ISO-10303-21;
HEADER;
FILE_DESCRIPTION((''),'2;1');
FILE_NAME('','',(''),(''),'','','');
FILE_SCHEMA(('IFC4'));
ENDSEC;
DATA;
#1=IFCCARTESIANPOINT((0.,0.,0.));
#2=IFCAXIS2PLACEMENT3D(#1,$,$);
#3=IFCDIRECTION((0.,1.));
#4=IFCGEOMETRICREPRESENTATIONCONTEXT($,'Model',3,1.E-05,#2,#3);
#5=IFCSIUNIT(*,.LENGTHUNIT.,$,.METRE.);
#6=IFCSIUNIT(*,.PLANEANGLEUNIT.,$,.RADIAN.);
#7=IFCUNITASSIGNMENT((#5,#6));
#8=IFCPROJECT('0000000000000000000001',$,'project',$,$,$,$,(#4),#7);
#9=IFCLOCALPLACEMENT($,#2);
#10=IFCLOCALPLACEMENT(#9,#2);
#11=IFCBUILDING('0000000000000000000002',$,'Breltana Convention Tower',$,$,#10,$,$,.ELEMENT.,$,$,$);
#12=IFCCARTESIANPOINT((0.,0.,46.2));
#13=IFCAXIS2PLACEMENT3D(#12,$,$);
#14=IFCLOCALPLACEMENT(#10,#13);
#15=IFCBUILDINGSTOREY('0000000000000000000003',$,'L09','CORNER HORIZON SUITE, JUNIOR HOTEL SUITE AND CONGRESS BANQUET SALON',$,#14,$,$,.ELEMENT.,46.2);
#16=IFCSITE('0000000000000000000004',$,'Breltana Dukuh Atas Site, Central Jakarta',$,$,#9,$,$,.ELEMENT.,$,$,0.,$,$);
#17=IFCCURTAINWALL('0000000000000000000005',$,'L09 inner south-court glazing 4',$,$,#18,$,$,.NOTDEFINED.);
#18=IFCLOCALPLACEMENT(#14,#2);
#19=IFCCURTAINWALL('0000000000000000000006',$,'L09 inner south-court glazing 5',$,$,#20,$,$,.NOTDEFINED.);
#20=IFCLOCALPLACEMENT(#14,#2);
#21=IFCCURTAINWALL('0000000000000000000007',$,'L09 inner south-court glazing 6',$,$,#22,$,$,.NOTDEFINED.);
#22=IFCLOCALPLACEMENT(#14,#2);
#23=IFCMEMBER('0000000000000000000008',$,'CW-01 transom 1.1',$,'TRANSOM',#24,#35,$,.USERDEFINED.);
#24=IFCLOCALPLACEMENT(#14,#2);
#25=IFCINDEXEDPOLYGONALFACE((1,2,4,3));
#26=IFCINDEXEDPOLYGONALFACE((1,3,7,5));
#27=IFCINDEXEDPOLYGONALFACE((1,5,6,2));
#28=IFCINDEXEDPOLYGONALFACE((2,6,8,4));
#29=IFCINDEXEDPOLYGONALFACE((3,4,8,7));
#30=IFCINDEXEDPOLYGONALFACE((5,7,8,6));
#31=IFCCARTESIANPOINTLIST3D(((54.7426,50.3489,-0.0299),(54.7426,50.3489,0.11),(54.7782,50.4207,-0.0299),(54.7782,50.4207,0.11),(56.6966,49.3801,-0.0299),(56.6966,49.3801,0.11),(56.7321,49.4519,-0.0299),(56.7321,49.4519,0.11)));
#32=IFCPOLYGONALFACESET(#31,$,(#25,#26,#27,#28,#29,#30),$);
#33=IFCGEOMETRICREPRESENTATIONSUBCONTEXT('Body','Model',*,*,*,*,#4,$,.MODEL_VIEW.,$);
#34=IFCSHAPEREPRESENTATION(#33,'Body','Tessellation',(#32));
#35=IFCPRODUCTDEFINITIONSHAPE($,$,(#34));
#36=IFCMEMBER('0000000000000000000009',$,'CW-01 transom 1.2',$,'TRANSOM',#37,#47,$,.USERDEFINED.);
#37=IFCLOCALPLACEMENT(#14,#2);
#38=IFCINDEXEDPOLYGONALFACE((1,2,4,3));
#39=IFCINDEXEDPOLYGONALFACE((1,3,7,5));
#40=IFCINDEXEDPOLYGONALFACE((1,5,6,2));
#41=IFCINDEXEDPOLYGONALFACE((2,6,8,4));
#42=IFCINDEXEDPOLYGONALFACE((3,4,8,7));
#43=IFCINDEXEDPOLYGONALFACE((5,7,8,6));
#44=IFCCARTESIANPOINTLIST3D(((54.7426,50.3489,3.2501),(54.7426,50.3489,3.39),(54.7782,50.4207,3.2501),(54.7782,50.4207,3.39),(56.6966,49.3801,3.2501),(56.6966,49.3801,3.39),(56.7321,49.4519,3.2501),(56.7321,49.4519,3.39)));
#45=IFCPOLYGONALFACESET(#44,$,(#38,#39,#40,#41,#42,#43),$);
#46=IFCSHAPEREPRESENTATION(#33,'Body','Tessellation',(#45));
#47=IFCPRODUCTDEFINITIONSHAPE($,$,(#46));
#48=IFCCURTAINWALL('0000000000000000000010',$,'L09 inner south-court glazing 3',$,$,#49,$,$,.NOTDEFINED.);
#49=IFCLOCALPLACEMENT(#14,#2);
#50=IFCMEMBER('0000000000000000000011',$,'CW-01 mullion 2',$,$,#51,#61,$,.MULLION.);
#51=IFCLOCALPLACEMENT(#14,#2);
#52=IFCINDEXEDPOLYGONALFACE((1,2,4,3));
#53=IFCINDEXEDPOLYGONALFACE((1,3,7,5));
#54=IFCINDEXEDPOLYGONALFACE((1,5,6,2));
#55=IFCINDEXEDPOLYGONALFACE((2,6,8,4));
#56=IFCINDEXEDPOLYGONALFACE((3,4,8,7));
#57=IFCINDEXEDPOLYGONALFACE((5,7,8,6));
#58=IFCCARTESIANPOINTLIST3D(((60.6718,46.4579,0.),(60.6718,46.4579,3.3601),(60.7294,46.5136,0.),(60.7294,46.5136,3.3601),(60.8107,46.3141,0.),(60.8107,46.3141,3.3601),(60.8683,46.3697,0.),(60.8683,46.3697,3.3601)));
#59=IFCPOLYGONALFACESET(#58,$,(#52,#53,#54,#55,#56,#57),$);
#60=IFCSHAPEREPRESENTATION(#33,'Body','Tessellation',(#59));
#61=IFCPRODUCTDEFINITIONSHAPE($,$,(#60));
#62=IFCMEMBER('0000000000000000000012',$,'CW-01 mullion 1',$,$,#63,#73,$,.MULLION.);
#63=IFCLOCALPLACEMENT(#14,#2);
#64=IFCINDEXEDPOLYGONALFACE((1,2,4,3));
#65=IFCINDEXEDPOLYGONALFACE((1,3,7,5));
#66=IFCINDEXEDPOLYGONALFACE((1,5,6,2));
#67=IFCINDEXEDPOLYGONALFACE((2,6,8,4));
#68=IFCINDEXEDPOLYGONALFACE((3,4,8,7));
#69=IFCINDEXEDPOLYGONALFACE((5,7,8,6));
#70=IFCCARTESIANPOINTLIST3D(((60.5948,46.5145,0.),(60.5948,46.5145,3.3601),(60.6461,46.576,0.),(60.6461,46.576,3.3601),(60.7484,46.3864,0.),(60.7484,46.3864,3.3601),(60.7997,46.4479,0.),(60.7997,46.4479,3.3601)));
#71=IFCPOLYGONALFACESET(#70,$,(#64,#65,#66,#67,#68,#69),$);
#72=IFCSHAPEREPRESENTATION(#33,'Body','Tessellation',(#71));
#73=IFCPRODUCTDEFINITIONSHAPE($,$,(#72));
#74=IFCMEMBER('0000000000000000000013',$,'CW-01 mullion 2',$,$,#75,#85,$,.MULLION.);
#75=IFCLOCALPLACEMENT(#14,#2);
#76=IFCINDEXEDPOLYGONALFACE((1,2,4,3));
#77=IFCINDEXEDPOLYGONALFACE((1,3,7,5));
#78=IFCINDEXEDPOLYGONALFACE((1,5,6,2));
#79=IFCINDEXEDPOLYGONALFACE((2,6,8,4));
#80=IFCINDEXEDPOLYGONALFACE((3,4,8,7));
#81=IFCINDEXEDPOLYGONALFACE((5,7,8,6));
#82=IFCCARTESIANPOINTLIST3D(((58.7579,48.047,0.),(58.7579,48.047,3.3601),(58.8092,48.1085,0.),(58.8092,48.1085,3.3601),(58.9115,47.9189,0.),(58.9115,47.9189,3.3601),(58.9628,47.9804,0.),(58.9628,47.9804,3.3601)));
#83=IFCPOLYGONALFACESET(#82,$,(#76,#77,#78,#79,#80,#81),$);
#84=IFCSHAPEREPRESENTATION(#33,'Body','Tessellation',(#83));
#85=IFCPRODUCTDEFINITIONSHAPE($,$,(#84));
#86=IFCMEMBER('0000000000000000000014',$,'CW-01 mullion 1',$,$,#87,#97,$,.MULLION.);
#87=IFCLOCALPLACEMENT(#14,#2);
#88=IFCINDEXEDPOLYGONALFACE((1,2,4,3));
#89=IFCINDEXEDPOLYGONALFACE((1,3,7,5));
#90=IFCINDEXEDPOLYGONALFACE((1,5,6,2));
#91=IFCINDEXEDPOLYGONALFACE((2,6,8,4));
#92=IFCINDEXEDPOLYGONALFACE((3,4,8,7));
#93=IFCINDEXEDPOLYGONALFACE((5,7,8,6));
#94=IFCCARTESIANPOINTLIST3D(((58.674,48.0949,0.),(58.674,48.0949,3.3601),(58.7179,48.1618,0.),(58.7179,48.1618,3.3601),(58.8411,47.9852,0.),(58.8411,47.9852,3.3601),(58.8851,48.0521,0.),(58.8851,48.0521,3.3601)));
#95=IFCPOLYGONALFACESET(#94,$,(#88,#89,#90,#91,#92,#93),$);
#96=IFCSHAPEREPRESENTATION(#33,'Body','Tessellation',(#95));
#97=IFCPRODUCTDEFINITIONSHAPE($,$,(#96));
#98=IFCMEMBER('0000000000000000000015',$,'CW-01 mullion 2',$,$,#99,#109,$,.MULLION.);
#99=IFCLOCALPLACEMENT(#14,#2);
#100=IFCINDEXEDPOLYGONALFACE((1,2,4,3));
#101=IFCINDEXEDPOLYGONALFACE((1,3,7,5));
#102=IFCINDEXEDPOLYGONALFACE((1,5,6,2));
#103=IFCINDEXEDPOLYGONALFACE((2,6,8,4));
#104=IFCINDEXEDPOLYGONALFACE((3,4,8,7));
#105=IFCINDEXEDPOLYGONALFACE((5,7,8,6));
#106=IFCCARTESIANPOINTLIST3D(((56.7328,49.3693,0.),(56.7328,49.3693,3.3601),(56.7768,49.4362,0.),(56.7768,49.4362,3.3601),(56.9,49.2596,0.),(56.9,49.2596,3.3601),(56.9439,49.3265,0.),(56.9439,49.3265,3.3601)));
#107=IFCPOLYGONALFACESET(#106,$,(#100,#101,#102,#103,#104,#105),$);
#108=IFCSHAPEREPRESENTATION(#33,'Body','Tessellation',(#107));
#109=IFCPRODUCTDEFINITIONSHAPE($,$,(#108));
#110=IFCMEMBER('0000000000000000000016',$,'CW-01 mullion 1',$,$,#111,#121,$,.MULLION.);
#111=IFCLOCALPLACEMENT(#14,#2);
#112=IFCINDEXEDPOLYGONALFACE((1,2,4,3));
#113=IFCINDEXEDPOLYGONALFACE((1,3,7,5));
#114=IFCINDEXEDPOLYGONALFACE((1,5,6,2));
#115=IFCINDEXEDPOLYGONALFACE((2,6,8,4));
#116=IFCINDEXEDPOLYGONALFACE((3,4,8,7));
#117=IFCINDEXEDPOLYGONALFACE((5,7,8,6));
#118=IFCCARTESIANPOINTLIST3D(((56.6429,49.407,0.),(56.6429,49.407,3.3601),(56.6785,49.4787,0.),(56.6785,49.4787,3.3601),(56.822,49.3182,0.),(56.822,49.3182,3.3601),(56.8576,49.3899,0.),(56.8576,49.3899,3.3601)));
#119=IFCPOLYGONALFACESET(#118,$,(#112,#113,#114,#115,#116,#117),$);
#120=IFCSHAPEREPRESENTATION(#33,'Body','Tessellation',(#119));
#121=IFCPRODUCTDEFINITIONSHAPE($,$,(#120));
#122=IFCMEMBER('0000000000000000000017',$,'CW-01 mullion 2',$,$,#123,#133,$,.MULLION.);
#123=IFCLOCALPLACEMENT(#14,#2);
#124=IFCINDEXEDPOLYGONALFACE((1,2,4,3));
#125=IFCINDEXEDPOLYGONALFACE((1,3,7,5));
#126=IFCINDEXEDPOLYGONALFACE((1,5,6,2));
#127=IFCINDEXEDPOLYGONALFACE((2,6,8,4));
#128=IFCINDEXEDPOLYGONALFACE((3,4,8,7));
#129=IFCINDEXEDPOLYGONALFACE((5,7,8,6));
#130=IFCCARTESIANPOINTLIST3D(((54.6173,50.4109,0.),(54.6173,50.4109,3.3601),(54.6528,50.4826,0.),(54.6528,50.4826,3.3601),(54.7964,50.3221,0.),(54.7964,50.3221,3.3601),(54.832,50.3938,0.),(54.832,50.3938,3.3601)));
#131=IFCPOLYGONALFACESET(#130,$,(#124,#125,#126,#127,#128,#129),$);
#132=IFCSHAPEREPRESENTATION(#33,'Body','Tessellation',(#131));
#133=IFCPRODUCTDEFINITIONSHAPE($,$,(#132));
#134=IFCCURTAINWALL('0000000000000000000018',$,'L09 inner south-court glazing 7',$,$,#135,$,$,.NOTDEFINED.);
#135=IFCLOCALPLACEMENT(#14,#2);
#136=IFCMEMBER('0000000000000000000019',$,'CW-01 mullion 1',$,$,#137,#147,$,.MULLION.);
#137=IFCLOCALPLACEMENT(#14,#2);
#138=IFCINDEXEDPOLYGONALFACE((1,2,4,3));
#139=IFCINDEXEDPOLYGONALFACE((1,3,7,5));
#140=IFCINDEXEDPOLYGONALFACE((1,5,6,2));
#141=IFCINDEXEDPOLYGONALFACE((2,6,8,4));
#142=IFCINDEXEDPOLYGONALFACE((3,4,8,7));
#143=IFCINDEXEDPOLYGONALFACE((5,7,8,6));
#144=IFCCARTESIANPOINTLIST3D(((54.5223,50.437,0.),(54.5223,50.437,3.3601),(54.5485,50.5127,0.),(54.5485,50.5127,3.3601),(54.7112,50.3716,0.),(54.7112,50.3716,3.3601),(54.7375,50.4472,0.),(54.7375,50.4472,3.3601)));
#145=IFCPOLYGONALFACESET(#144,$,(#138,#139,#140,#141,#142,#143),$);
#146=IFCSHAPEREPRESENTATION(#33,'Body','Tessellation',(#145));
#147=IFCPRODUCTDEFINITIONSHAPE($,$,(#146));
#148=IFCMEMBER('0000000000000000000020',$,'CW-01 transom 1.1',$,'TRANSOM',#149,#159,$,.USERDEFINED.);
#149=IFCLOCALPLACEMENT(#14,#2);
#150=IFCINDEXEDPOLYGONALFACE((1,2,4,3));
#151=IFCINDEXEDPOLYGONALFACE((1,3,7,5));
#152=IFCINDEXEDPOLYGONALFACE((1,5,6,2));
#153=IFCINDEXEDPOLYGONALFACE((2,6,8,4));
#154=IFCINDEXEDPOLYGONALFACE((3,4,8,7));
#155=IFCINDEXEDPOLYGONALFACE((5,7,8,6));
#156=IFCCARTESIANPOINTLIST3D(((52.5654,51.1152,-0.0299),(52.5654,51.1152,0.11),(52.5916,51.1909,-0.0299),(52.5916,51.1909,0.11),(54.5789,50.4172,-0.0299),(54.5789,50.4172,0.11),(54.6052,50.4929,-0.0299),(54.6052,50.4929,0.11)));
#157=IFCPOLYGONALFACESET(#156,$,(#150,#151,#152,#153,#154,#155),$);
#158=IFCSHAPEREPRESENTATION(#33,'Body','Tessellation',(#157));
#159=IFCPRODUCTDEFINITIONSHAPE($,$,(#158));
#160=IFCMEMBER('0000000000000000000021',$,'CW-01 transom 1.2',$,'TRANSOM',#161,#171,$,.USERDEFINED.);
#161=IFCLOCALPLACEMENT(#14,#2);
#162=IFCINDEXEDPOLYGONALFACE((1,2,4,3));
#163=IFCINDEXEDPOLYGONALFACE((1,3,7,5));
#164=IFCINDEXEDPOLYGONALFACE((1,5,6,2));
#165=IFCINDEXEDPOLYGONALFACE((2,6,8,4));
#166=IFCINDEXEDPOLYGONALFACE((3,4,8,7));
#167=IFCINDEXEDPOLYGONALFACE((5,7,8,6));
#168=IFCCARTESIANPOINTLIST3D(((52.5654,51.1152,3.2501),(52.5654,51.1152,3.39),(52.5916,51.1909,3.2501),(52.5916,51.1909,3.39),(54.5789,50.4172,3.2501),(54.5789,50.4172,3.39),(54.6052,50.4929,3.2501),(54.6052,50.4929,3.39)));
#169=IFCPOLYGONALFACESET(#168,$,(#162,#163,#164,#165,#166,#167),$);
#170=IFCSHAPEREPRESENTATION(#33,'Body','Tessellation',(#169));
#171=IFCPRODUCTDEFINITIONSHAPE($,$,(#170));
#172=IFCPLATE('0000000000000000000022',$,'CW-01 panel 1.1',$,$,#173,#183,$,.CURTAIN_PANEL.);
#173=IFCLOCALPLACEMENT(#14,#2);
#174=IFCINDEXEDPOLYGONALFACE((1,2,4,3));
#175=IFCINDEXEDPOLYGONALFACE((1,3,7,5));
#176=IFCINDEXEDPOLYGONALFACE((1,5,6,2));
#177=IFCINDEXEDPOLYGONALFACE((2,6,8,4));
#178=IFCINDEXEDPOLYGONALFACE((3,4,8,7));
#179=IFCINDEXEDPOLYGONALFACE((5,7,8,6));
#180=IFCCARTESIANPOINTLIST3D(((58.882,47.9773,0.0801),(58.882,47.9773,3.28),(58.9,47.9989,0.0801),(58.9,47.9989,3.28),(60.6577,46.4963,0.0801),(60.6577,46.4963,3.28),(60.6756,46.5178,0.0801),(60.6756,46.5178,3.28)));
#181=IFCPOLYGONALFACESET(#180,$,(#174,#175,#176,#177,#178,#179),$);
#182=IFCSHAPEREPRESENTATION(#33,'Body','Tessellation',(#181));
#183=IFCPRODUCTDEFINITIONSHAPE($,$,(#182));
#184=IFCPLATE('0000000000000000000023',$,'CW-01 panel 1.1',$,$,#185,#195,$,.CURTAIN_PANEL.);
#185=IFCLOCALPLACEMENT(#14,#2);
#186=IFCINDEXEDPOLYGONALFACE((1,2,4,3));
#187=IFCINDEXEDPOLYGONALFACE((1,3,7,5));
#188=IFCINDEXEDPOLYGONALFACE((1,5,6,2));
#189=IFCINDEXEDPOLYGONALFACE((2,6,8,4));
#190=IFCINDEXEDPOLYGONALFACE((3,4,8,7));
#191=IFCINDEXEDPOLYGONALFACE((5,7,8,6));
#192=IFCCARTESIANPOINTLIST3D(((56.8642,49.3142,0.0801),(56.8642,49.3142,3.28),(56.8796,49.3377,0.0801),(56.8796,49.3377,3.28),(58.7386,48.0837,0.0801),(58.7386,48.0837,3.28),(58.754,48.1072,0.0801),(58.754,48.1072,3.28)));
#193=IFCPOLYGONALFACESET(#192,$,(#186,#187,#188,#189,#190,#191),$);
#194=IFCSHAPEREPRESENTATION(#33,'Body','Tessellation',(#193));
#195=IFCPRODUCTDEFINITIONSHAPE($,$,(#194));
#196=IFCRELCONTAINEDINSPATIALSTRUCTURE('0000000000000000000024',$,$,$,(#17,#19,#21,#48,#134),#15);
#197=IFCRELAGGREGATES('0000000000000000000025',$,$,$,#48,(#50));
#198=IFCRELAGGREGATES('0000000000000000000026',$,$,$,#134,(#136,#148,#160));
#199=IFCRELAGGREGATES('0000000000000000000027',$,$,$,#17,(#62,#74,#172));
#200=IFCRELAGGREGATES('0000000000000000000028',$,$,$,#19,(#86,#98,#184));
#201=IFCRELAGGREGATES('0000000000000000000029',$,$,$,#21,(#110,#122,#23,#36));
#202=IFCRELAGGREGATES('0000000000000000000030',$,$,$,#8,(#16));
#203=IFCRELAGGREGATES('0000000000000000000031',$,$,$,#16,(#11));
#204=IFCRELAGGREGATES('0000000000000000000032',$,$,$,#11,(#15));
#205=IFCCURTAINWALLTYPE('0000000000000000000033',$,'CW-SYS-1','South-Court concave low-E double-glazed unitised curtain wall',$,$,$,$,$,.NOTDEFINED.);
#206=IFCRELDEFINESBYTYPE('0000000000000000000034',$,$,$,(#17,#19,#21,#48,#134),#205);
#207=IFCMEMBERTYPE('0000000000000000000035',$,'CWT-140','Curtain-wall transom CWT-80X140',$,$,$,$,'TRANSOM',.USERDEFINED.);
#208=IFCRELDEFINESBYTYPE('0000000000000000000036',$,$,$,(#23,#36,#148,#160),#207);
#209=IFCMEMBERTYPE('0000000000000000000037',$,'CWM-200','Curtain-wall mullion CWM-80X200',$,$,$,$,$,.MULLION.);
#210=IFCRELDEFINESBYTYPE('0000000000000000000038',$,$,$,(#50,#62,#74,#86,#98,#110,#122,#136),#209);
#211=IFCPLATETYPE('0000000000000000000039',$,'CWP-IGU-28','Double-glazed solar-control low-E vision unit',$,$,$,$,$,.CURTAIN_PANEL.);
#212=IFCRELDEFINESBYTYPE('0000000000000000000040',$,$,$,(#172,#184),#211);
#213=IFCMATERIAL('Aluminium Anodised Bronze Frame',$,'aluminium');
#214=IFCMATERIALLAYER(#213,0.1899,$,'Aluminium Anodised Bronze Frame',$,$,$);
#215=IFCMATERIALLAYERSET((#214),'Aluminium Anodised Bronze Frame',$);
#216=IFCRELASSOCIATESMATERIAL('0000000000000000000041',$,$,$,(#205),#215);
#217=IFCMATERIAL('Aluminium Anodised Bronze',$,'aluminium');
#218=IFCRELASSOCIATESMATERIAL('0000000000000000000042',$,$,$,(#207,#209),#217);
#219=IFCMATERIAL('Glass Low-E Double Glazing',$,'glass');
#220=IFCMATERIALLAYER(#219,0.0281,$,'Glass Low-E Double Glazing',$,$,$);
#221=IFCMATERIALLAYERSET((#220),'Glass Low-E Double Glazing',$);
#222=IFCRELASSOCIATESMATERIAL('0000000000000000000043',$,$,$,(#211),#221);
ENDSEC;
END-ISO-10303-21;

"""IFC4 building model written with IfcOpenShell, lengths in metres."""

from ifc_helpers import new_model, si_unit, direction, frame, origin, origin_2d, place, context, subcontext, project, spatial, rectangle, extrude, source, transform, mapped, material, layer, layer_set, material_profile, profile_set, type_object, element, aggregate, save


model = new_model("IFC4")

# Units and contexts
model_context = context("Model", 3, precision=1e-05, world=origin(), true_north=direction((0.0, 1.0)))
body_context = subcontext(model_context, "Body", "Model", "MODEL_VIEW")
ifc_project = project(units=[si_unit("LENGTHUNIT", "METRE"), si_unit("PLANEANGLEUNIT", "RADIAN")], contexts=[model_context])

# Site, building, storey
site_placement = place(None, origin())
site = spatial("IfcSite", under=ifc_project, at=site_placement, Name="Breltana Dukuh Atas Site, Central Jakarta", CompositionType="ELEMENT", RefElevation=0.0)
building_placement = place(site_placement, origin())
building = spatial("IfcBuilding", under=site, at=building_placement, Name="Breltana Convention Tower", CompositionType="ELEMENT")
storey_placement = place(building_placement, frame((0.0, 0.0, 46.2)))
storey = spatial("IfcBuildingStorey", under=building, at=storey_placement, Name="L09", Description="CORNER HORIZON SUITE, JUNIOR HOTEL SUITE AND CONGRESS BANQUET SALON", CompositionType="ELEMENT", Elevation=46.2)

# Curtain walls, members
ifc_material_1 = material(Name="Aluminium Anodised Bronze Frame", Category="aluminium")
ifc_layer_1 = layer(ifc_material_1, 0.1899, Name="Aluminium Anodised Bronze Frame")
ifc_layer_set_1 = layer_set([ifc_layer_1], Name="Aluminium Anodised Bronze Frame")
curtain_wall_type = type_object("IfcCurtainWallType", Name="CW-SYS-1", Description="South-Court concave low-E double-glazed unitised curtain wall", PredefinedType="NOTDEFINED", material=ifc_layer_set_1)
curtain_wall_1_placement = place(storey_placement, origin())
curtain_wall_1 = element("IfcCurtainWall", 1, at=curtain_wall_1_placement, inside=storey, type_object=curtain_wall_type, Name="L09 inner south-court glazing 4", PredefinedType="NOTDEFINED")
ifc_material_2 = material(Name="Aluminium Anodised Bronze", Category="aluminium")
ifc_material_profile_1 = material_profile(ifc_material_2, rectangle(XDim=0.0801, YDim=0.1399, at=origin_2d()), Name="CWT-80X140")
ifc_profile_set_1 = profile_set([ifc_material_profile_1], Name="Aluminium Anodised Bronze")
member_type_1 = type_object("IfcMemberType", Name="CWT-140", Description="Curtain-wall transom CWT-80X140", ElementType="TRANSOM", PredefinedType="USERDEFINED", material=ifc_profile_set_1)
curtain_wall_2_placement = place(storey_placement, origin())
curtain_wall_2 = element("IfcCurtainWall", 2, at=curtain_wall_2_placement, inside=storey, type_object=curtain_wall_type, Name="L09 inner south-court glazing 5", PredefinedType="NOTDEFINED")
curtain_wall_3_placement = place(storey_placement, origin())
curtain_wall_3 = element("IfcCurtainWall", 3, at=curtain_wall_3_placement, inside=storey, type_object=curtain_wall_type, Name="L09 inner south-court glazing 6", PredefinedType="NOTDEFINED")
shared_shape_1 = source(origin(), body_context, "Body", "SweptSolid", [
    extrude(rectangle(XDim=0.0801, YDim=0.1399, at=origin_2d()), origin(), (0.0, 0.0, 1.0), 2.1809),
])
member_1_placement = place(storey_placement, frame((56.7144, 49.416, 0.04), z_axis=(-0.895922, 0.444211, 0.0), x_axis=(-0.444211, -0.895922, 0.0)))
member_1 = element("IfcMember", 4, at=member_1_placement, type_object=member_type_1, Name="CW-01 transom 1.1", ObjectType="TRANSOM", PredefinedType="USERDEFINED", context=body_context, shape_type="MappedRepresentation", body=[
    mapped(shared_shape_1, transform((0.0, 0.0, 0.0), scale=1.0)),
])
member_2_placement = place(storey_placement, frame((56.7144, 49.416, 3.3201), z_axis=(-0.895922, 0.444211, 0.0), x_axis=(-0.444211, -0.895922, 0.0)))
member_2 = element("IfcMember", 5, at=member_2_placement, type_object=member_type_1, Name="CW-01 transom 1.2", ObjectType="TRANSOM", PredefinedType="USERDEFINED", context=body_context, shape_type="MappedRepresentation", body=[
    mapped(shared_shape_1, transform((0.0, 0.0, 0.0), scale=1.0)),
])

# Curtain wall, member
curtain_wall_4_placement = place(storey_placement, origin())
curtain_wall_4 = element("IfcCurtainWall", 6, at=curtain_wall_4_placement, inside=storey, type_object=curtain_wall_type, Name="L09 inner south-court glazing 3", PredefinedType="NOTDEFINED")
ifc_material_profile_2 = material_profile(ifc_material_2, rectangle(XDim=0.0801, YDim=0.2, at=origin_2d()), Name="CWM-80X200")
ifc_profile_set_2 = profile_set([ifc_material_profile_2], Name="Aluminium Anodised Bronze")
member_type_2 = type_object("IfcMemberType", Name="CWM-200", Description="Curtain-wall mullion CWM-80X200", PredefinedType="MULLION", material=ifc_profile_set_2)
shared_shape_2 = source(origin(), body_context, "Body", "SweptSolid", [
    extrude(rectangle(XDim=0.0801, YDim=0.2, at=origin_2d()), origin(), (0.0, 0.0, 1.0), 3.3601),
])
member_3_placement = place(storey_placement, frame((60.77, 46.4138, 0.0), z_axis=(0.0, 0.0, 1.0), x_axis=(-0.719385, -0.694612, 0.0)))
member_3 = element("IfcMember", 7, at=member_3_placement, type_object=member_type_2, Name="CW-01 mullion 2", PredefinedType="MULLION", context=body_context, shape_type="MappedRepresentation", body=[
    mapped(shared_shape_2, transform((0.0, 0.0, 0.0), scale=1.0)),
])
aggregate(curtain_wall_4, [member_3])

# Members
member_4_placement = place(storey_placement, frame((60.6973, 46.4812, 0.0), z_axis=(0.0, 0.0, 1.0), x_axis=(-0.640523, -0.767939, 0.0)))
member_4 = element("IfcMember", 8, at=member_4_placement, type_object=member_type_2, Name="CW-01 mullion 1", PredefinedType="MULLION", context=body_context, shape_type="MappedRepresentation", body=[
    mapped(shared_shape_2, transform((0.0, 0.0, 0.0), scale=1.0)),
])
member_5_placement = place(storey_placement, frame((58.8604, 48.0137, 0.0), z_axis=(0.0, 0.0, 1.0), x_axis=(-0.640523, -0.767939, 0.0)))
member_5 = element("IfcMember", 9, at=member_5_placement, type_object=member_type_2, Name="CW-01 mullion 2", PredefinedType="MULLION", context=body_context, shape_type="MappedRepresentation", body=[
    mapped(shared_shape_2, transform((0.0, 0.0, 0.0), scale=1.0)),
])
member_6_placement = place(storey_placement, frame((58.7795, 48.0735, 0.0), z_axis=(0.0, 0.0, 1.0), x_axis=(-0.548778, -0.835968, 0.0)))
member_6 = element("IfcMember", 10, at=member_6_placement, type_object=member_type_2, Name="CW-01 mullion 1", PredefinedType="MULLION", context=body_context, shape_type="MappedRepresentation", body=[
    mapped(shared_shape_2, transform((0.0, 0.0, 0.0), scale=1.0)),
])
member_7_placement = place(storey_placement, frame((56.8384, 49.3479, 0.0), z_axis=(0.0, 0.0, 1.0), x_axis=(-0.548778, -0.835968, 0.0)))
member_7 = element("IfcMember", 11, at=member_7_placement, type_object=member_type_2, Name="CW-01 mullion 2", PredefinedType="MULLION", context=body_context, shape_type="MappedRepresentation", body=[
    mapped(shared_shape_2, transform((0.0, 0.0, 0.0), scale=1.0)),
])
member_8_placement = place(storey_placement, frame((56.7502, 49.3984, 0.0), z_axis=(0.0, 0.0, 1.0), x_axis=(-0.444118, -0.895968, 0.0)))
member_8 = element("IfcMember", 12, at=member_8_placement, type_object=member_type_2, Name="CW-01 mullion 1", PredefinedType="MULLION", context=body_context, shape_type="MappedRepresentation", body=[
    mapped(shared_shape_2, transform((0.0, 0.0, 0.0), scale=1.0)),
])
member_9_placement = place(storey_placement, frame((54.7246, 50.4023, 0.0), z_axis=(0.0, 0.0, 1.0), x_axis=(-0.444118, -0.895968, 0.0)))
member_9 = element("IfcMember", 13, at=member_9_placement, type_object=member_type_2, Name="CW-01 mullion 2", PredefinedType="MULLION", context=body_context, shape_type="MappedRepresentation", body=[
    mapped(shared_shape_2, transform((0.0, 0.0, 0.0), scale=1.0)),
])

# Curtain wall, members
curtain_wall_5_placement = place(storey_placement, origin())
curtain_wall_5 = element("IfcCurtainWall", 14, at=curtain_wall_5_placement, inside=storey, type_object=curtain_wall_type, Name="L09 inner south-court glazing 7", PredefinedType="NOTDEFINED")
member_10_placement = place(storey_placement, frame((54.6299, 50.4421, 0.0), z_axis=(0.0, 0.0, 1.0), x_axis=(-0.327413, -0.944881, 0.0)))
member_10 = element("IfcMember", 15, at=member_10_placement, type_object=member_type_2, Name="CW-01 mullion 1", PredefinedType="MULLION", context=body_context, shape_type="MappedRepresentation", body=[
    mapped(shared_shape_2, transform((0.0, 0.0, 0.0), scale=1.0)),
])
shared_shape_3 = source(origin(), body_context, "Body", "SweptSolid", [
    extrude(rectangle(XDim=0.0801, YDim=0.1399, at=origin_2d()), origin(), (0.0, 0.0, 1.0), 2.1311),
])
member_11_placement = place(storey_placement, frame((54.592, 50.4551, 0.04), z_axis=(-0.944847, 0.327512, 0.0), x_axis=(-0.327512, -0.944847, 0.0)))
member_11 = element("IfcMember", 16, at=member_11_placement, type_object=member_type_1, Name="CW-01 transom 1.1", ObjectType="TRANSOM", PredefinedType="USERDEFINED", context=body_context, shape_type="MappedRepresentation", body=[
    mapped(shared_shape_3, transform((0.0, 0.0, 0.0), scale=1.0)),
])
member_12_placement = place(storey_placement, frame((54.592, 50.4551, 3.3201), z_axis=(-0.944847, 0.327512, 0.0), x_axis=(-0.327512, -0.944847, 0.0)))
member_12 = element("IfcMember", 17, at=member_12_placement, type_object=member_type_1, Name="CW-01 transom 1.2", ObjectType="TRANSOM", PredefinedType="USERDEFINED", context=body_context, shape_type="MappedRepresentation", body=[
    mapped(shared_shape_3, transform((0.0, 0.0, 0.0), scale=1.0)),
])
aggregate(curtain_wall_5, [member_10, member_11, member_12])

# Plates
ifc_material_3 = material(Name="Glass Low-E Double Glazing", Category="glass")
ifc_layer_2 = layer(ifc_material_3, 0.0281, Name="Glass Low-E Double Glazing")
ifc_layer_set_2 = layer_set([ifc_layer_2], Name="Glass Low-E Double Glazing")
plate_type = type_object("IfcPlateType", Name="CWP-IGU-28", Description="Double-glazed solar-control low-E vision unit", PredefinedType="CURTAIN_PANEL", material=ifc_layer_set_2)
shared_shape_4 = source(origin(), body_context, "Body", "SweptSolid", [
    extrude(rectangle(XDim=2.3123, YDim=0.0281, at=origin_2d()), origin(), (0.0, 0.0, 1.0), 3.2),
])
plate_1_placement = place(storey_placement, frame((59.7788, 47.2476, 0.0801), z_axis=(0.0, 0.0, 1.0), x_axis=(-0.767939, 0.640523, 0.0)))
plate_1 = element("IfcPlate", 18, at=plate_1_placement, type_object=plate_type, Name="CW-01 panel 1.1", PredefinedType="CURTAIN_PANEL", context=body_context, shape_type="MappedRepresentation", body=[
    mapped(shared_shape_4, transform((0.0, 0.0, 0.0), scale=1.0)),
])
aggregate(curtain_wall_1, [member_4, member_5, plate_1])
shared_shape_5 = source(origin(), body_context, "Body", "SweptSolid", [
    extrude(rectangle(XDim=2.2422, YDim=0.0281, at=origin_2d()), origin(), (0.0, 0.0, 1.0), 3.2),
])
plate_2_placement = place(storey_placement, frame((57.8091, 48.7107, 0.0801), z_axis=(0.0, 0.0, 1.0), x_axis=(-0.835968, 0.548778, 0.0)))
plate_2 = element("IfcPlate", 19, at=plate_2_placement, type_object=plate_type, Name="CW-01 panel 1.1", PredefinedType="CURTAIN_PANEL", context=body_context, shape_type="MappedRepresentation", body=[
    mapped(shared_shape_5, transform((0.0, 0.0, 0.0), scale=1.0)),
])
aggregate(curtain_wall_2, [member_6, member_7, plate_2])
aggregate(curtain_wall_3, [member_8, member_9, member_1, member_2])

save(model, "model.ifc")
